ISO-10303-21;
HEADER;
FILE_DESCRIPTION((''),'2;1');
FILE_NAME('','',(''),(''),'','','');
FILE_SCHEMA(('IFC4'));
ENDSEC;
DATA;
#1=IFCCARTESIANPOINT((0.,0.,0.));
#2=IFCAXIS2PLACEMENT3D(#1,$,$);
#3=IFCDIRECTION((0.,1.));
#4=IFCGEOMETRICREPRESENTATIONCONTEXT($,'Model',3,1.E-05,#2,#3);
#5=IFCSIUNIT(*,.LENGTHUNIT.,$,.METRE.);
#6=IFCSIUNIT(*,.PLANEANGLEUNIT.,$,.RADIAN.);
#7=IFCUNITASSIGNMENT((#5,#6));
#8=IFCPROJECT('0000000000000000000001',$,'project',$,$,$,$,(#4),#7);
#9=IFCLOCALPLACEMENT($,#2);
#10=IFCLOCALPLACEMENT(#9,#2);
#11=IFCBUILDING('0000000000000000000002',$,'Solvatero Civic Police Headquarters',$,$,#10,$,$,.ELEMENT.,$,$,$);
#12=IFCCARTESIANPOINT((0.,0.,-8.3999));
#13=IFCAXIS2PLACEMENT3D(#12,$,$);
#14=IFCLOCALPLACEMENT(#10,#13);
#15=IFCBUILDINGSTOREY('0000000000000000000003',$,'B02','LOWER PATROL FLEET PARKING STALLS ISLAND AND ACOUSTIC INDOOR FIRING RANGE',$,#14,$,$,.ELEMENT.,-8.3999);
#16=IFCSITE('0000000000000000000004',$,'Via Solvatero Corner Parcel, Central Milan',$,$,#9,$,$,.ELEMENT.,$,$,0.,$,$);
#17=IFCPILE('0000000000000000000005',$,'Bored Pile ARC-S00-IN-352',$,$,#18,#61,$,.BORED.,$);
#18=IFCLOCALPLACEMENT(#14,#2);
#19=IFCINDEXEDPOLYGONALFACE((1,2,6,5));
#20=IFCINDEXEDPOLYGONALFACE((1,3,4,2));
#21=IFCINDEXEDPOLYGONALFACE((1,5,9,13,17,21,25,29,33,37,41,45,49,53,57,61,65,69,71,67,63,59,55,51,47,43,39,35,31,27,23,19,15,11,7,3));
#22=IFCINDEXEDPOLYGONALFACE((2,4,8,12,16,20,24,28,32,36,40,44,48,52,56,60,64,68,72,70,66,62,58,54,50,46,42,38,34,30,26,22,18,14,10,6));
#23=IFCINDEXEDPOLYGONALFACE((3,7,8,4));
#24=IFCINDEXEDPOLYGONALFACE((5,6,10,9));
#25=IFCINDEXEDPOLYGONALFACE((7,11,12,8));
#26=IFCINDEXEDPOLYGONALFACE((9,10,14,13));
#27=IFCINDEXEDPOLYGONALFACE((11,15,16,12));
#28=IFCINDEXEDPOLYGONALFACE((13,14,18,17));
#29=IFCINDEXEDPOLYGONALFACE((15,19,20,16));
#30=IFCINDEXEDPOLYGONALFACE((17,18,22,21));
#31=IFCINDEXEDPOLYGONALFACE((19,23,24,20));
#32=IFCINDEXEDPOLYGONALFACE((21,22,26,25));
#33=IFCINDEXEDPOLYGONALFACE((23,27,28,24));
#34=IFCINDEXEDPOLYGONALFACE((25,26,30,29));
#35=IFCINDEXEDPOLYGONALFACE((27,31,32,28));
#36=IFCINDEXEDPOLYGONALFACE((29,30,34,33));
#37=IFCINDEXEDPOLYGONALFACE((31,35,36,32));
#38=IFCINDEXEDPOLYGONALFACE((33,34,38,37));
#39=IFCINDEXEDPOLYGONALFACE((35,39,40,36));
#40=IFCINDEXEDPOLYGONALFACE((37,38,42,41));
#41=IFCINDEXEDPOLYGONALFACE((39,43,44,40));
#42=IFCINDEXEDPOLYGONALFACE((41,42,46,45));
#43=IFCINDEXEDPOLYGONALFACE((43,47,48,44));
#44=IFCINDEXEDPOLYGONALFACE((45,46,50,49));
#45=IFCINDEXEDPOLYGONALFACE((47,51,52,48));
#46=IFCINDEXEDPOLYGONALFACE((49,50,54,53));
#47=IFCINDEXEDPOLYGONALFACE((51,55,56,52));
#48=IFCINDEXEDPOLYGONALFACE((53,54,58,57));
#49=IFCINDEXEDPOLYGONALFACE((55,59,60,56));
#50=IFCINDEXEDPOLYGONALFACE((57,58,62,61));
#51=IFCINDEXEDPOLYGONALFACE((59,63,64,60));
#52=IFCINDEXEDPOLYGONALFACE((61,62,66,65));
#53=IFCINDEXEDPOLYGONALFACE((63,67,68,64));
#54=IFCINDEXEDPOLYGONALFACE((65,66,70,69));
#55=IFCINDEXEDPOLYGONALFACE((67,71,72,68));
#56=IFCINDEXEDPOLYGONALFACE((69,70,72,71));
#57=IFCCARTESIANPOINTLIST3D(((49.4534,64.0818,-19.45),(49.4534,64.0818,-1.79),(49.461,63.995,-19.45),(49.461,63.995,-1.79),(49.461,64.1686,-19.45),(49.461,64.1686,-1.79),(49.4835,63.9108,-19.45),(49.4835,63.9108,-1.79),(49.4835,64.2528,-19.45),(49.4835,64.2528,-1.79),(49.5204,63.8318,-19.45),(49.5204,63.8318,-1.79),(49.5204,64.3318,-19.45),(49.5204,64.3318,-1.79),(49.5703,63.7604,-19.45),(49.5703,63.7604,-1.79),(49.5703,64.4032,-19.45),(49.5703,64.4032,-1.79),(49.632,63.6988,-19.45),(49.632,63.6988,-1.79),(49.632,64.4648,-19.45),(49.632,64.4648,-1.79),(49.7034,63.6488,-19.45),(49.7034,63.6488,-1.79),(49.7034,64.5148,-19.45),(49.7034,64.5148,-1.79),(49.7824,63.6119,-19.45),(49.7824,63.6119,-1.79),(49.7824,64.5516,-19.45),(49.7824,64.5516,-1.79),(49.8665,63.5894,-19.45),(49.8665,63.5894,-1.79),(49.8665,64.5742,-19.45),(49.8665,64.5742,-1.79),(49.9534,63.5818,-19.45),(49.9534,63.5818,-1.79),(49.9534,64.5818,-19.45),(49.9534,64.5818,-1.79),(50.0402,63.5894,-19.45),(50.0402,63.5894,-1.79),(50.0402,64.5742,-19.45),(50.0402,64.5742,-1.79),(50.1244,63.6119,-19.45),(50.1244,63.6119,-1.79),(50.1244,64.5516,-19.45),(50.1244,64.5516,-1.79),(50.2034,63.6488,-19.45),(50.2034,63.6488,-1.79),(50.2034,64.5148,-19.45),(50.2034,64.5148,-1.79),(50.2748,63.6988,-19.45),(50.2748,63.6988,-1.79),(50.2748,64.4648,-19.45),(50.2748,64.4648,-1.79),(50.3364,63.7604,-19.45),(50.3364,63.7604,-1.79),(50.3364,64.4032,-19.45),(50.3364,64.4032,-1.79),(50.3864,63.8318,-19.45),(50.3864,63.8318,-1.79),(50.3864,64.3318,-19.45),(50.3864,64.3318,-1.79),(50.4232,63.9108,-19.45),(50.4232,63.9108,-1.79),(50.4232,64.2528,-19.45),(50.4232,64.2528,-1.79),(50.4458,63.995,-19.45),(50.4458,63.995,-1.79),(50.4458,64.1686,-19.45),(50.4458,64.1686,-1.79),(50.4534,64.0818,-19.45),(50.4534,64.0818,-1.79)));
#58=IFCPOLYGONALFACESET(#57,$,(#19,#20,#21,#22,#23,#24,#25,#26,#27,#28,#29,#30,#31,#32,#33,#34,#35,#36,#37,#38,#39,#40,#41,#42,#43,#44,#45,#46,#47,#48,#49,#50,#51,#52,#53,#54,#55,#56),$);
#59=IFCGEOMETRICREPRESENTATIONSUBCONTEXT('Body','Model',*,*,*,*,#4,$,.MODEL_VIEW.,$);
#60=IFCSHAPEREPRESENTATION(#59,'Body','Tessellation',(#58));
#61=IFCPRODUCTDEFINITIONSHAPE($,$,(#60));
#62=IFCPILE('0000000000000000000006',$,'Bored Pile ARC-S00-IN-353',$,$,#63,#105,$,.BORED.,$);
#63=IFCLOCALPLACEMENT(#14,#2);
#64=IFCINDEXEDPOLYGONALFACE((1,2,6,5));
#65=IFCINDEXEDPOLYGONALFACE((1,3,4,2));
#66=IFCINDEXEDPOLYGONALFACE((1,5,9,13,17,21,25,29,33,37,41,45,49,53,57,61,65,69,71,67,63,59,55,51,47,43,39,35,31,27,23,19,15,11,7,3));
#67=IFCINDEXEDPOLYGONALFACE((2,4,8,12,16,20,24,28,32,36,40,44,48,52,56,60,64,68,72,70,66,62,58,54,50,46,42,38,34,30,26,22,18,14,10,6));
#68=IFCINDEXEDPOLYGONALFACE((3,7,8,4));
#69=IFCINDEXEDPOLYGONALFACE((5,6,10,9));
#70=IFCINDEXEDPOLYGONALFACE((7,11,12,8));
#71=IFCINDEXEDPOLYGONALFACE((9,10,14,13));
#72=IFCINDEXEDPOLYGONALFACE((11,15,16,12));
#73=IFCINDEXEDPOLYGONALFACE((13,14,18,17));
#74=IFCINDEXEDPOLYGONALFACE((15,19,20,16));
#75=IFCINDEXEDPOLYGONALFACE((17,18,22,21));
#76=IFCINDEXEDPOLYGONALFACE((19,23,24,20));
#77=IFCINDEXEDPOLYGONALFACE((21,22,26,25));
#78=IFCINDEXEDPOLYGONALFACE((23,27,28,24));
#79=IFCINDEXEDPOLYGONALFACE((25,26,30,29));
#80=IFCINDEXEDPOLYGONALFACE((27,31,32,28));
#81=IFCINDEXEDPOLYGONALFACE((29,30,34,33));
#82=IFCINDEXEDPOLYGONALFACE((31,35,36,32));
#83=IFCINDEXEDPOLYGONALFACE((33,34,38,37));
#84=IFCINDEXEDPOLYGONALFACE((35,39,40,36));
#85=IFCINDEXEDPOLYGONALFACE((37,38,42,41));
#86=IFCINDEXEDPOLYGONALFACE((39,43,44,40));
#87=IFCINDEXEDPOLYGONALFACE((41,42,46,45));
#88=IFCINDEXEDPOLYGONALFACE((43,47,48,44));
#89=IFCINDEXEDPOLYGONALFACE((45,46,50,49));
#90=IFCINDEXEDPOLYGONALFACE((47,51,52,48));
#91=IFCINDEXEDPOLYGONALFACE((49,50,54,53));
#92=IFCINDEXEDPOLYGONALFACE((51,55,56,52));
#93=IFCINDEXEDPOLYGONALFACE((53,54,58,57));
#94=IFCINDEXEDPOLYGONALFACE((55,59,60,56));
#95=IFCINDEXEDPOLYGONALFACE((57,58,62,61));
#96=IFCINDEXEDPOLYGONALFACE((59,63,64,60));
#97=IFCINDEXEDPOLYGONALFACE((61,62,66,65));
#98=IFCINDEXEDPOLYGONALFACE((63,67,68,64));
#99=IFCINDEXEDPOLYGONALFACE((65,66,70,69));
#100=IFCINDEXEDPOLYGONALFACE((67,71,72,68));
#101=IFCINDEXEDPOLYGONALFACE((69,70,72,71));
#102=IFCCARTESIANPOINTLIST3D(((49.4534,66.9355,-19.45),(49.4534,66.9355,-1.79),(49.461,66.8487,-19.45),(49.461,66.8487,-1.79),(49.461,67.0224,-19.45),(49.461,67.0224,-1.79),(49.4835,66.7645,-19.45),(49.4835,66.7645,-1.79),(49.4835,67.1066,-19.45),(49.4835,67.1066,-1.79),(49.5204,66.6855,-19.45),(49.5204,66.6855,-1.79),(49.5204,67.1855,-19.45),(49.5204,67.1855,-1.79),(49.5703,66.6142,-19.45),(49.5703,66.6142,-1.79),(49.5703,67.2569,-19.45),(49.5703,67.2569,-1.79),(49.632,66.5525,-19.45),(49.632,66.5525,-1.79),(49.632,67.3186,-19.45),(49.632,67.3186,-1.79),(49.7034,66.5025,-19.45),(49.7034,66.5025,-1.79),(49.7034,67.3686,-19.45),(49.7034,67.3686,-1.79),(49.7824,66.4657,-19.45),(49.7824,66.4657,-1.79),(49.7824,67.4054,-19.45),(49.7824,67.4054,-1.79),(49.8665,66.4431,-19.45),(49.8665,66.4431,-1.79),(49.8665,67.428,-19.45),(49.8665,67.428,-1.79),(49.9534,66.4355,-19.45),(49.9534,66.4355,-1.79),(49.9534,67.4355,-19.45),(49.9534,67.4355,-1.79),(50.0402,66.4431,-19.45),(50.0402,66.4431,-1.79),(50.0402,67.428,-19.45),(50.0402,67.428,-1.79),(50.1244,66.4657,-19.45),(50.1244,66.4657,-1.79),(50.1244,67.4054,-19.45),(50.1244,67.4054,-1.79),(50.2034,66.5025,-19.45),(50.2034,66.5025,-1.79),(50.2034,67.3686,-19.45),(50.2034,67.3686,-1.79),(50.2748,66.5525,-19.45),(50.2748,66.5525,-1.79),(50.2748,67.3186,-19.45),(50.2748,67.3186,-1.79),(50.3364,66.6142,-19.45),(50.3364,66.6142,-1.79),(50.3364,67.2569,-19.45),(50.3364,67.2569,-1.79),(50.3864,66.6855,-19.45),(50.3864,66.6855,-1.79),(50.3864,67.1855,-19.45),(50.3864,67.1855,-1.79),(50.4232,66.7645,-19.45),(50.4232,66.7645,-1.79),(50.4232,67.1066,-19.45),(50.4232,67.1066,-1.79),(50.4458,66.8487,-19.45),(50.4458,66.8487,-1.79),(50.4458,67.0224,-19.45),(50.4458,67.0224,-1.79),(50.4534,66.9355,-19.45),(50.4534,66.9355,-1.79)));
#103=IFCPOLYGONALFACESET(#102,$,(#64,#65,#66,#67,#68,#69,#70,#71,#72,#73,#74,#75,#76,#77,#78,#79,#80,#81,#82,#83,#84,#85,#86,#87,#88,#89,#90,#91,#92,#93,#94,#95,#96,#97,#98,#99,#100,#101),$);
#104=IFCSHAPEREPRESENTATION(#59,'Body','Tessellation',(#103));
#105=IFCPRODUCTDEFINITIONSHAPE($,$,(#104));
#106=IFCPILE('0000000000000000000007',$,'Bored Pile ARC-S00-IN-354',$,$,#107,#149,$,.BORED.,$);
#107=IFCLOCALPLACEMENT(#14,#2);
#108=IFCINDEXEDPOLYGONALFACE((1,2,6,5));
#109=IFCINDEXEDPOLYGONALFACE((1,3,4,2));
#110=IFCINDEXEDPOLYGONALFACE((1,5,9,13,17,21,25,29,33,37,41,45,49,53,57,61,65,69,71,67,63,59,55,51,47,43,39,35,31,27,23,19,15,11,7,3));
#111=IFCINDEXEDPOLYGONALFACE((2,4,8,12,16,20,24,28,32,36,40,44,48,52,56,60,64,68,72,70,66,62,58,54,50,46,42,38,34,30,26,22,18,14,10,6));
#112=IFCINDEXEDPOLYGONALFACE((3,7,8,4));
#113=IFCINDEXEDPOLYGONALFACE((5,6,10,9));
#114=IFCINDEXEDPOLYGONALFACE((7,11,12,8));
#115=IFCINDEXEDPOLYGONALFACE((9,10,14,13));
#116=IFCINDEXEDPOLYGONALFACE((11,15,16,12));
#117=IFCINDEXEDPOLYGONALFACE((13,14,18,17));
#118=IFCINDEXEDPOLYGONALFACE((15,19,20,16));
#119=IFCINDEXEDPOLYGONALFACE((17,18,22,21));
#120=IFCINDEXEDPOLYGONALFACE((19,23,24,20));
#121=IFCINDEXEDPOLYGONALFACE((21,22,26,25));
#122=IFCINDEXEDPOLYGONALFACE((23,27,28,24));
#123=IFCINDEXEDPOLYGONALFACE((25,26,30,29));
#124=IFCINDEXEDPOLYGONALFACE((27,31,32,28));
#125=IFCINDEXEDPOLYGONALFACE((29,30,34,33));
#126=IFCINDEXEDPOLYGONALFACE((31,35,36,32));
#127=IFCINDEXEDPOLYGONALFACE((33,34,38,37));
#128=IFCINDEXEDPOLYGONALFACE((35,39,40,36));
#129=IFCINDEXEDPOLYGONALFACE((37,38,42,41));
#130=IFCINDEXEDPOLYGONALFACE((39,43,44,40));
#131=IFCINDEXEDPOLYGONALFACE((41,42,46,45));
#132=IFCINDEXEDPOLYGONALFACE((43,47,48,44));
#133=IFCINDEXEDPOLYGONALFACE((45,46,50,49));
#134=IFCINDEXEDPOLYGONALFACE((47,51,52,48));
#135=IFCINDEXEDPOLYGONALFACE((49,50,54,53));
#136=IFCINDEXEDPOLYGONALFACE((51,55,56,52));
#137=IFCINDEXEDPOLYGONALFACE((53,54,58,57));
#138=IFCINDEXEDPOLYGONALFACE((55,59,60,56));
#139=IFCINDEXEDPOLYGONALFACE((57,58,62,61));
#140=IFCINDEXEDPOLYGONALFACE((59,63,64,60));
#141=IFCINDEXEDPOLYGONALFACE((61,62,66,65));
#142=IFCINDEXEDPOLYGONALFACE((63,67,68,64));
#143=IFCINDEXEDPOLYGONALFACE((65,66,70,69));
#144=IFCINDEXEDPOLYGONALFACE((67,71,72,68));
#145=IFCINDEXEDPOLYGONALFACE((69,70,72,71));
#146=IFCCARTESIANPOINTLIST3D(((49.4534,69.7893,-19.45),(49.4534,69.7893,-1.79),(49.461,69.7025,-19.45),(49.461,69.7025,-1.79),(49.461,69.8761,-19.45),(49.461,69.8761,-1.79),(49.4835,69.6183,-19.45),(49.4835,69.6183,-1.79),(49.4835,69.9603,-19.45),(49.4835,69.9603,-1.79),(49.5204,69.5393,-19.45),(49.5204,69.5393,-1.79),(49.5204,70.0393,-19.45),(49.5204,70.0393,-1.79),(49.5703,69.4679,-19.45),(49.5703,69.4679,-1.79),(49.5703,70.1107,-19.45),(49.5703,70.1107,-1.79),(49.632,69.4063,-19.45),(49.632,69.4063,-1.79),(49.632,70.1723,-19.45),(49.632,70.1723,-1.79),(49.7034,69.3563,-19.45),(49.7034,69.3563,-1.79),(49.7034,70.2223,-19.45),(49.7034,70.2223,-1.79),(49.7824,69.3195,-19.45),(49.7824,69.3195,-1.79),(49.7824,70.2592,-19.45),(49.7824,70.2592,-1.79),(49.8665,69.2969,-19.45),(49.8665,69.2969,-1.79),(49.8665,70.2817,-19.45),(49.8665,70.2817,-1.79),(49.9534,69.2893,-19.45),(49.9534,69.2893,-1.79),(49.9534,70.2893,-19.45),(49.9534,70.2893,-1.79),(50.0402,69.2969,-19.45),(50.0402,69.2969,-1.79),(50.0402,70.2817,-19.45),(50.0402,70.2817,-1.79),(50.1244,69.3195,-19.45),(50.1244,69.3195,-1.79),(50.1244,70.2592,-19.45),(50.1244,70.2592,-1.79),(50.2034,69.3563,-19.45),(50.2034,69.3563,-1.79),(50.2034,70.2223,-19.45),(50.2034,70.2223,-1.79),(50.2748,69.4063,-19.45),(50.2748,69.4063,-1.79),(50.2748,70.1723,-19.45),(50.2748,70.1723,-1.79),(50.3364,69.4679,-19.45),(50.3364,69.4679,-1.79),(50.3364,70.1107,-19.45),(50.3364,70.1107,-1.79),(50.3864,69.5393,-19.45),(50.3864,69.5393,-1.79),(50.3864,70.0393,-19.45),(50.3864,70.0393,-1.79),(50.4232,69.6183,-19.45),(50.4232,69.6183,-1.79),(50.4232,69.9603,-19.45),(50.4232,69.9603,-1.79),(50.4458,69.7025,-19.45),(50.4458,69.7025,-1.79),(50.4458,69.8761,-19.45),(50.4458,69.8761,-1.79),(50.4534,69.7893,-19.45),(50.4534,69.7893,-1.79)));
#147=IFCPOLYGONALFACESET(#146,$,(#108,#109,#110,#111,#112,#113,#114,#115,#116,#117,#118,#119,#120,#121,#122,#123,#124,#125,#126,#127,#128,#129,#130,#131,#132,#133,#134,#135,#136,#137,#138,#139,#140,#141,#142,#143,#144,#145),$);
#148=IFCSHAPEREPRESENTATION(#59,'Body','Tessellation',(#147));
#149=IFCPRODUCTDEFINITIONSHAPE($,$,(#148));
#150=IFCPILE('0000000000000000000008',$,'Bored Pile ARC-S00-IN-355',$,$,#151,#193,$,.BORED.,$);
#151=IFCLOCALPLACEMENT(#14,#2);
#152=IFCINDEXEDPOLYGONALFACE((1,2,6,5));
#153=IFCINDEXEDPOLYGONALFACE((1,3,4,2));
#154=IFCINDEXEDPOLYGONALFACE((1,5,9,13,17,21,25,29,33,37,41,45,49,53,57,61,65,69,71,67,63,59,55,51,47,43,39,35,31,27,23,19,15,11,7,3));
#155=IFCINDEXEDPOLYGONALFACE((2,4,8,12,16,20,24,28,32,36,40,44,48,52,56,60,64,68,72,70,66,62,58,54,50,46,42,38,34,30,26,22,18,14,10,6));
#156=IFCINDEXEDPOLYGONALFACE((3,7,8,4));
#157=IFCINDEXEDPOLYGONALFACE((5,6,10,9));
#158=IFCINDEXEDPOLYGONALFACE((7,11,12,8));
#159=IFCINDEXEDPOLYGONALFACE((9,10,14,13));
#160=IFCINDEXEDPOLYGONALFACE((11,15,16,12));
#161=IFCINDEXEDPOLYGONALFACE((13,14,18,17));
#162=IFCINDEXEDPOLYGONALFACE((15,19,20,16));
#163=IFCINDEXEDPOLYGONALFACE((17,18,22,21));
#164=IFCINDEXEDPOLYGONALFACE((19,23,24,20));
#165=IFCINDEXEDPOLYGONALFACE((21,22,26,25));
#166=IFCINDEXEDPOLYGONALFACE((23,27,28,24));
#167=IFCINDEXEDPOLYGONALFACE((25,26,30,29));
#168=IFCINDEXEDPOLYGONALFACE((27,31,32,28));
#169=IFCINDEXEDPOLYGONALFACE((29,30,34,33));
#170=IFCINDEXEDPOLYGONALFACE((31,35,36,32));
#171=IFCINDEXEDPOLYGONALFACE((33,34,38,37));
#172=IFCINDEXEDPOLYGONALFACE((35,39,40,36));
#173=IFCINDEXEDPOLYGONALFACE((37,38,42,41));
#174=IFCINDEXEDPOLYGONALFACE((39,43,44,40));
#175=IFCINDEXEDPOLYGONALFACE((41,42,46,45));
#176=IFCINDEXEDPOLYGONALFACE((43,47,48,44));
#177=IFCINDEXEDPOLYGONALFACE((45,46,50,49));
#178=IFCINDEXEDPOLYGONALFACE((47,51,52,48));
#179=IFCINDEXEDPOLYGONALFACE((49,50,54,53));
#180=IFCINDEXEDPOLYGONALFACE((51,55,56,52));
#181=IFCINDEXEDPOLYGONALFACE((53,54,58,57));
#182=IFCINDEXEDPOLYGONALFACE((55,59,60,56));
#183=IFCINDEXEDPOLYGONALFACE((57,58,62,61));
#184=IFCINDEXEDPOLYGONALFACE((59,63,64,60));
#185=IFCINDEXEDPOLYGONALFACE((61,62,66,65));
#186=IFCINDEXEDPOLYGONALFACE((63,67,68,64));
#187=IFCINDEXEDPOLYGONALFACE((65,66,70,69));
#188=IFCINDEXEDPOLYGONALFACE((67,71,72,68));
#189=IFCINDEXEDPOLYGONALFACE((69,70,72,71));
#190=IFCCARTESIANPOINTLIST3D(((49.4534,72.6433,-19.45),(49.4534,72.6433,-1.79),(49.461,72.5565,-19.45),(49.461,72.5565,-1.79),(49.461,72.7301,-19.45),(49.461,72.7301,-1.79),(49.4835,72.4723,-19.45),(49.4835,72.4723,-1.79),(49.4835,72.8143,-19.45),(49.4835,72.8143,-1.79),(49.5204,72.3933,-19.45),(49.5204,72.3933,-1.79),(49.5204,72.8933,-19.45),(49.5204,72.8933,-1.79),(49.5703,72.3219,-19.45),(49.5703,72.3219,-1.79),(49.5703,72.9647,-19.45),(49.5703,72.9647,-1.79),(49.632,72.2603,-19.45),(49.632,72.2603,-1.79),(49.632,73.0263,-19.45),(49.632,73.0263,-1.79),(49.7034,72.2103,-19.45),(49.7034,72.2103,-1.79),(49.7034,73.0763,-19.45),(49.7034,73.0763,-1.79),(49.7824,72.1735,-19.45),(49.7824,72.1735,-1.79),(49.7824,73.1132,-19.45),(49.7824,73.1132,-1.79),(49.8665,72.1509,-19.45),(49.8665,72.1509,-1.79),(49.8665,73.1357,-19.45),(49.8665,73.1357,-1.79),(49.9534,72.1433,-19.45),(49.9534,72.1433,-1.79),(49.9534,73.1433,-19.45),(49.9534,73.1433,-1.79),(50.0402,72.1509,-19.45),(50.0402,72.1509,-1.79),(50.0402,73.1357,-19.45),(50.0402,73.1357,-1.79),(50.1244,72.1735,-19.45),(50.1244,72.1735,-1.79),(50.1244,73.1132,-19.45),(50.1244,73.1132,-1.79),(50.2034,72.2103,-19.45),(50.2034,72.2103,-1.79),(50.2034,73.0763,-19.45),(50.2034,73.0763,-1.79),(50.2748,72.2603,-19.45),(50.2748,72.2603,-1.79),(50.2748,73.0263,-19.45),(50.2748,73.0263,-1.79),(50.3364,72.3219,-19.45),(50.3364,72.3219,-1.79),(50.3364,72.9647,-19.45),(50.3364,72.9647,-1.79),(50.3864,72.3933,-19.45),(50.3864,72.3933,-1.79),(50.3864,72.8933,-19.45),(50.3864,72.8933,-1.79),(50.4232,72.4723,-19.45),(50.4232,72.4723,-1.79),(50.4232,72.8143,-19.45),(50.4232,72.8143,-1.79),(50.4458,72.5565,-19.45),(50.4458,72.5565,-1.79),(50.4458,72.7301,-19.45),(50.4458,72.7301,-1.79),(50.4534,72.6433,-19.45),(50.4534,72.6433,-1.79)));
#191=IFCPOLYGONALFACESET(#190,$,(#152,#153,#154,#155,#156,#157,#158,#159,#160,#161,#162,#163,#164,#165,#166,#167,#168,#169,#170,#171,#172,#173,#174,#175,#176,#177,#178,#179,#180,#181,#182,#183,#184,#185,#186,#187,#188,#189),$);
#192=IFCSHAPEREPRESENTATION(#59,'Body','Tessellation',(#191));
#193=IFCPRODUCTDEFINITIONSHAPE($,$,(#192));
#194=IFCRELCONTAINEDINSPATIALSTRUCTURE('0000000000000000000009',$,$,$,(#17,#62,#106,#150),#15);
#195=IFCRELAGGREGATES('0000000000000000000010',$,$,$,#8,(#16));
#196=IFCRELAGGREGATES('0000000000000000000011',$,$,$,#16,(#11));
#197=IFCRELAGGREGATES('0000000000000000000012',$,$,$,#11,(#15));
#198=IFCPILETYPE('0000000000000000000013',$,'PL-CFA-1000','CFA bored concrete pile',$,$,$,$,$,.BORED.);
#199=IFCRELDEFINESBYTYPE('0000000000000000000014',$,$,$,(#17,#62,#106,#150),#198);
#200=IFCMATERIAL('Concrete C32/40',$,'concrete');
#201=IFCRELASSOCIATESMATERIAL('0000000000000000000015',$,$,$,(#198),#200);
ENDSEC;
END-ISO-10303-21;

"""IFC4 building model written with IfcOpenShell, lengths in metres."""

from ifc_helpers import new_model, si_unit, direction, frame, origin, origin_2d, place, context, subcontext, project, spatial, circle, extrude, material, material_profile, profile_set, type_object, element, save


model = new_model("IFC4")

# Units and contexts
model_context = context("Model", 3, precision=1e-05, world=origin(), true_north=direction((0.0, 1.0)))
body_context = subcontext(model_context, "Body", "Model", "MODEL_VIEW")
ifc_project = project(units=[si_unit("LENGTHUNIT", "METRE"), si_unit("PLANEANGLEUNIT", "RADIAN")], contexts=[model_context])

# Site, building, storey
site_placement = place(None, origin())
site = spatial("IfcSite", under=ifc_project, at=site_placement, Name="Via Solvatero Corner Parcel, Central Milan", CompositionType="ELEMENT", RefElevation=0.0)
building_placement = place(site_placement, origin())
building = spatial("IfcBuilding", under=site, at=building_placement, Name="Solvatero Civic Police Headquarters", CompositionType="ELEMENT")
storey_placement = place(building_placement, frame((0.0, 0.0, -8.3999)))
storey = spatial("IfcBuildingStorey", under=building, at=storey_placement, Name="B02", Description="LOWER PATROL FLEET PARKING STALLS ISLAND AND ACOUSTIC INDOOR FIRING RANGE", CompositionType="ELEMENT", Elevation=-8.3999)

# Piles
ifc_material_1 = material(Name="Concrete C32/40", Category="concrete")
ifc_material_profile_1 = material_profile(ifc_material_1, circle(Radius=0.5, at=origin_2d()), Name="CFA PILE D1000")
ifc_profile_set_1 = profile_set([ifc_material_profile_1], Name="Concrete C32/40")
pile_type = type_object("IfcPileType", Name="PL-CFA-1000", Description="CFA bored concrete pile", PredefinedType="BORED", material=ifc_profile_set_1)
for number, where, z_axis, x_axis, name in (
    (1, (49.9534, 64.0818, -1.79), (0.0, 0.0, -1.0), (1.0, 0.0, 0.0), "Bored Pile ARC-S00-IN-352"),
    (2, (49.9534, 66.9355, -1.79), (0.0, 0.0, -1.0), (1.0, 0.0, 0.0), "Bored Pile ARC-S00-IN-353"),
    (3, (49.9534, 69.7893, -1.79), (0.0, 0.0, -1.0), (1.0, 0.0, 0.0), "Bored Pile ARC-S00-IN-354"),
    (4, (49.9534, 72.6433, -1.79), (0.0, 0.0, -1.0), (1.0, 0.0, 0.0), "Bored Pile ARC-S00-IN-355"),
):
    element("IfcPile", number, at=place(storey_placement, frame(where, z_axis=z_axis, x_axis=x_axis)), inside=storey, type_object=pile_type, Name=name, PredefinedType="BORED", context=body_context, shape_type="SweptSolid", body=[
        extrude(circle(Radius=0.5, at=origin_2d()), origin(), (0.0, 0.0, 1.0), 17.6599),
    ])

save(model, "model.ifc")
